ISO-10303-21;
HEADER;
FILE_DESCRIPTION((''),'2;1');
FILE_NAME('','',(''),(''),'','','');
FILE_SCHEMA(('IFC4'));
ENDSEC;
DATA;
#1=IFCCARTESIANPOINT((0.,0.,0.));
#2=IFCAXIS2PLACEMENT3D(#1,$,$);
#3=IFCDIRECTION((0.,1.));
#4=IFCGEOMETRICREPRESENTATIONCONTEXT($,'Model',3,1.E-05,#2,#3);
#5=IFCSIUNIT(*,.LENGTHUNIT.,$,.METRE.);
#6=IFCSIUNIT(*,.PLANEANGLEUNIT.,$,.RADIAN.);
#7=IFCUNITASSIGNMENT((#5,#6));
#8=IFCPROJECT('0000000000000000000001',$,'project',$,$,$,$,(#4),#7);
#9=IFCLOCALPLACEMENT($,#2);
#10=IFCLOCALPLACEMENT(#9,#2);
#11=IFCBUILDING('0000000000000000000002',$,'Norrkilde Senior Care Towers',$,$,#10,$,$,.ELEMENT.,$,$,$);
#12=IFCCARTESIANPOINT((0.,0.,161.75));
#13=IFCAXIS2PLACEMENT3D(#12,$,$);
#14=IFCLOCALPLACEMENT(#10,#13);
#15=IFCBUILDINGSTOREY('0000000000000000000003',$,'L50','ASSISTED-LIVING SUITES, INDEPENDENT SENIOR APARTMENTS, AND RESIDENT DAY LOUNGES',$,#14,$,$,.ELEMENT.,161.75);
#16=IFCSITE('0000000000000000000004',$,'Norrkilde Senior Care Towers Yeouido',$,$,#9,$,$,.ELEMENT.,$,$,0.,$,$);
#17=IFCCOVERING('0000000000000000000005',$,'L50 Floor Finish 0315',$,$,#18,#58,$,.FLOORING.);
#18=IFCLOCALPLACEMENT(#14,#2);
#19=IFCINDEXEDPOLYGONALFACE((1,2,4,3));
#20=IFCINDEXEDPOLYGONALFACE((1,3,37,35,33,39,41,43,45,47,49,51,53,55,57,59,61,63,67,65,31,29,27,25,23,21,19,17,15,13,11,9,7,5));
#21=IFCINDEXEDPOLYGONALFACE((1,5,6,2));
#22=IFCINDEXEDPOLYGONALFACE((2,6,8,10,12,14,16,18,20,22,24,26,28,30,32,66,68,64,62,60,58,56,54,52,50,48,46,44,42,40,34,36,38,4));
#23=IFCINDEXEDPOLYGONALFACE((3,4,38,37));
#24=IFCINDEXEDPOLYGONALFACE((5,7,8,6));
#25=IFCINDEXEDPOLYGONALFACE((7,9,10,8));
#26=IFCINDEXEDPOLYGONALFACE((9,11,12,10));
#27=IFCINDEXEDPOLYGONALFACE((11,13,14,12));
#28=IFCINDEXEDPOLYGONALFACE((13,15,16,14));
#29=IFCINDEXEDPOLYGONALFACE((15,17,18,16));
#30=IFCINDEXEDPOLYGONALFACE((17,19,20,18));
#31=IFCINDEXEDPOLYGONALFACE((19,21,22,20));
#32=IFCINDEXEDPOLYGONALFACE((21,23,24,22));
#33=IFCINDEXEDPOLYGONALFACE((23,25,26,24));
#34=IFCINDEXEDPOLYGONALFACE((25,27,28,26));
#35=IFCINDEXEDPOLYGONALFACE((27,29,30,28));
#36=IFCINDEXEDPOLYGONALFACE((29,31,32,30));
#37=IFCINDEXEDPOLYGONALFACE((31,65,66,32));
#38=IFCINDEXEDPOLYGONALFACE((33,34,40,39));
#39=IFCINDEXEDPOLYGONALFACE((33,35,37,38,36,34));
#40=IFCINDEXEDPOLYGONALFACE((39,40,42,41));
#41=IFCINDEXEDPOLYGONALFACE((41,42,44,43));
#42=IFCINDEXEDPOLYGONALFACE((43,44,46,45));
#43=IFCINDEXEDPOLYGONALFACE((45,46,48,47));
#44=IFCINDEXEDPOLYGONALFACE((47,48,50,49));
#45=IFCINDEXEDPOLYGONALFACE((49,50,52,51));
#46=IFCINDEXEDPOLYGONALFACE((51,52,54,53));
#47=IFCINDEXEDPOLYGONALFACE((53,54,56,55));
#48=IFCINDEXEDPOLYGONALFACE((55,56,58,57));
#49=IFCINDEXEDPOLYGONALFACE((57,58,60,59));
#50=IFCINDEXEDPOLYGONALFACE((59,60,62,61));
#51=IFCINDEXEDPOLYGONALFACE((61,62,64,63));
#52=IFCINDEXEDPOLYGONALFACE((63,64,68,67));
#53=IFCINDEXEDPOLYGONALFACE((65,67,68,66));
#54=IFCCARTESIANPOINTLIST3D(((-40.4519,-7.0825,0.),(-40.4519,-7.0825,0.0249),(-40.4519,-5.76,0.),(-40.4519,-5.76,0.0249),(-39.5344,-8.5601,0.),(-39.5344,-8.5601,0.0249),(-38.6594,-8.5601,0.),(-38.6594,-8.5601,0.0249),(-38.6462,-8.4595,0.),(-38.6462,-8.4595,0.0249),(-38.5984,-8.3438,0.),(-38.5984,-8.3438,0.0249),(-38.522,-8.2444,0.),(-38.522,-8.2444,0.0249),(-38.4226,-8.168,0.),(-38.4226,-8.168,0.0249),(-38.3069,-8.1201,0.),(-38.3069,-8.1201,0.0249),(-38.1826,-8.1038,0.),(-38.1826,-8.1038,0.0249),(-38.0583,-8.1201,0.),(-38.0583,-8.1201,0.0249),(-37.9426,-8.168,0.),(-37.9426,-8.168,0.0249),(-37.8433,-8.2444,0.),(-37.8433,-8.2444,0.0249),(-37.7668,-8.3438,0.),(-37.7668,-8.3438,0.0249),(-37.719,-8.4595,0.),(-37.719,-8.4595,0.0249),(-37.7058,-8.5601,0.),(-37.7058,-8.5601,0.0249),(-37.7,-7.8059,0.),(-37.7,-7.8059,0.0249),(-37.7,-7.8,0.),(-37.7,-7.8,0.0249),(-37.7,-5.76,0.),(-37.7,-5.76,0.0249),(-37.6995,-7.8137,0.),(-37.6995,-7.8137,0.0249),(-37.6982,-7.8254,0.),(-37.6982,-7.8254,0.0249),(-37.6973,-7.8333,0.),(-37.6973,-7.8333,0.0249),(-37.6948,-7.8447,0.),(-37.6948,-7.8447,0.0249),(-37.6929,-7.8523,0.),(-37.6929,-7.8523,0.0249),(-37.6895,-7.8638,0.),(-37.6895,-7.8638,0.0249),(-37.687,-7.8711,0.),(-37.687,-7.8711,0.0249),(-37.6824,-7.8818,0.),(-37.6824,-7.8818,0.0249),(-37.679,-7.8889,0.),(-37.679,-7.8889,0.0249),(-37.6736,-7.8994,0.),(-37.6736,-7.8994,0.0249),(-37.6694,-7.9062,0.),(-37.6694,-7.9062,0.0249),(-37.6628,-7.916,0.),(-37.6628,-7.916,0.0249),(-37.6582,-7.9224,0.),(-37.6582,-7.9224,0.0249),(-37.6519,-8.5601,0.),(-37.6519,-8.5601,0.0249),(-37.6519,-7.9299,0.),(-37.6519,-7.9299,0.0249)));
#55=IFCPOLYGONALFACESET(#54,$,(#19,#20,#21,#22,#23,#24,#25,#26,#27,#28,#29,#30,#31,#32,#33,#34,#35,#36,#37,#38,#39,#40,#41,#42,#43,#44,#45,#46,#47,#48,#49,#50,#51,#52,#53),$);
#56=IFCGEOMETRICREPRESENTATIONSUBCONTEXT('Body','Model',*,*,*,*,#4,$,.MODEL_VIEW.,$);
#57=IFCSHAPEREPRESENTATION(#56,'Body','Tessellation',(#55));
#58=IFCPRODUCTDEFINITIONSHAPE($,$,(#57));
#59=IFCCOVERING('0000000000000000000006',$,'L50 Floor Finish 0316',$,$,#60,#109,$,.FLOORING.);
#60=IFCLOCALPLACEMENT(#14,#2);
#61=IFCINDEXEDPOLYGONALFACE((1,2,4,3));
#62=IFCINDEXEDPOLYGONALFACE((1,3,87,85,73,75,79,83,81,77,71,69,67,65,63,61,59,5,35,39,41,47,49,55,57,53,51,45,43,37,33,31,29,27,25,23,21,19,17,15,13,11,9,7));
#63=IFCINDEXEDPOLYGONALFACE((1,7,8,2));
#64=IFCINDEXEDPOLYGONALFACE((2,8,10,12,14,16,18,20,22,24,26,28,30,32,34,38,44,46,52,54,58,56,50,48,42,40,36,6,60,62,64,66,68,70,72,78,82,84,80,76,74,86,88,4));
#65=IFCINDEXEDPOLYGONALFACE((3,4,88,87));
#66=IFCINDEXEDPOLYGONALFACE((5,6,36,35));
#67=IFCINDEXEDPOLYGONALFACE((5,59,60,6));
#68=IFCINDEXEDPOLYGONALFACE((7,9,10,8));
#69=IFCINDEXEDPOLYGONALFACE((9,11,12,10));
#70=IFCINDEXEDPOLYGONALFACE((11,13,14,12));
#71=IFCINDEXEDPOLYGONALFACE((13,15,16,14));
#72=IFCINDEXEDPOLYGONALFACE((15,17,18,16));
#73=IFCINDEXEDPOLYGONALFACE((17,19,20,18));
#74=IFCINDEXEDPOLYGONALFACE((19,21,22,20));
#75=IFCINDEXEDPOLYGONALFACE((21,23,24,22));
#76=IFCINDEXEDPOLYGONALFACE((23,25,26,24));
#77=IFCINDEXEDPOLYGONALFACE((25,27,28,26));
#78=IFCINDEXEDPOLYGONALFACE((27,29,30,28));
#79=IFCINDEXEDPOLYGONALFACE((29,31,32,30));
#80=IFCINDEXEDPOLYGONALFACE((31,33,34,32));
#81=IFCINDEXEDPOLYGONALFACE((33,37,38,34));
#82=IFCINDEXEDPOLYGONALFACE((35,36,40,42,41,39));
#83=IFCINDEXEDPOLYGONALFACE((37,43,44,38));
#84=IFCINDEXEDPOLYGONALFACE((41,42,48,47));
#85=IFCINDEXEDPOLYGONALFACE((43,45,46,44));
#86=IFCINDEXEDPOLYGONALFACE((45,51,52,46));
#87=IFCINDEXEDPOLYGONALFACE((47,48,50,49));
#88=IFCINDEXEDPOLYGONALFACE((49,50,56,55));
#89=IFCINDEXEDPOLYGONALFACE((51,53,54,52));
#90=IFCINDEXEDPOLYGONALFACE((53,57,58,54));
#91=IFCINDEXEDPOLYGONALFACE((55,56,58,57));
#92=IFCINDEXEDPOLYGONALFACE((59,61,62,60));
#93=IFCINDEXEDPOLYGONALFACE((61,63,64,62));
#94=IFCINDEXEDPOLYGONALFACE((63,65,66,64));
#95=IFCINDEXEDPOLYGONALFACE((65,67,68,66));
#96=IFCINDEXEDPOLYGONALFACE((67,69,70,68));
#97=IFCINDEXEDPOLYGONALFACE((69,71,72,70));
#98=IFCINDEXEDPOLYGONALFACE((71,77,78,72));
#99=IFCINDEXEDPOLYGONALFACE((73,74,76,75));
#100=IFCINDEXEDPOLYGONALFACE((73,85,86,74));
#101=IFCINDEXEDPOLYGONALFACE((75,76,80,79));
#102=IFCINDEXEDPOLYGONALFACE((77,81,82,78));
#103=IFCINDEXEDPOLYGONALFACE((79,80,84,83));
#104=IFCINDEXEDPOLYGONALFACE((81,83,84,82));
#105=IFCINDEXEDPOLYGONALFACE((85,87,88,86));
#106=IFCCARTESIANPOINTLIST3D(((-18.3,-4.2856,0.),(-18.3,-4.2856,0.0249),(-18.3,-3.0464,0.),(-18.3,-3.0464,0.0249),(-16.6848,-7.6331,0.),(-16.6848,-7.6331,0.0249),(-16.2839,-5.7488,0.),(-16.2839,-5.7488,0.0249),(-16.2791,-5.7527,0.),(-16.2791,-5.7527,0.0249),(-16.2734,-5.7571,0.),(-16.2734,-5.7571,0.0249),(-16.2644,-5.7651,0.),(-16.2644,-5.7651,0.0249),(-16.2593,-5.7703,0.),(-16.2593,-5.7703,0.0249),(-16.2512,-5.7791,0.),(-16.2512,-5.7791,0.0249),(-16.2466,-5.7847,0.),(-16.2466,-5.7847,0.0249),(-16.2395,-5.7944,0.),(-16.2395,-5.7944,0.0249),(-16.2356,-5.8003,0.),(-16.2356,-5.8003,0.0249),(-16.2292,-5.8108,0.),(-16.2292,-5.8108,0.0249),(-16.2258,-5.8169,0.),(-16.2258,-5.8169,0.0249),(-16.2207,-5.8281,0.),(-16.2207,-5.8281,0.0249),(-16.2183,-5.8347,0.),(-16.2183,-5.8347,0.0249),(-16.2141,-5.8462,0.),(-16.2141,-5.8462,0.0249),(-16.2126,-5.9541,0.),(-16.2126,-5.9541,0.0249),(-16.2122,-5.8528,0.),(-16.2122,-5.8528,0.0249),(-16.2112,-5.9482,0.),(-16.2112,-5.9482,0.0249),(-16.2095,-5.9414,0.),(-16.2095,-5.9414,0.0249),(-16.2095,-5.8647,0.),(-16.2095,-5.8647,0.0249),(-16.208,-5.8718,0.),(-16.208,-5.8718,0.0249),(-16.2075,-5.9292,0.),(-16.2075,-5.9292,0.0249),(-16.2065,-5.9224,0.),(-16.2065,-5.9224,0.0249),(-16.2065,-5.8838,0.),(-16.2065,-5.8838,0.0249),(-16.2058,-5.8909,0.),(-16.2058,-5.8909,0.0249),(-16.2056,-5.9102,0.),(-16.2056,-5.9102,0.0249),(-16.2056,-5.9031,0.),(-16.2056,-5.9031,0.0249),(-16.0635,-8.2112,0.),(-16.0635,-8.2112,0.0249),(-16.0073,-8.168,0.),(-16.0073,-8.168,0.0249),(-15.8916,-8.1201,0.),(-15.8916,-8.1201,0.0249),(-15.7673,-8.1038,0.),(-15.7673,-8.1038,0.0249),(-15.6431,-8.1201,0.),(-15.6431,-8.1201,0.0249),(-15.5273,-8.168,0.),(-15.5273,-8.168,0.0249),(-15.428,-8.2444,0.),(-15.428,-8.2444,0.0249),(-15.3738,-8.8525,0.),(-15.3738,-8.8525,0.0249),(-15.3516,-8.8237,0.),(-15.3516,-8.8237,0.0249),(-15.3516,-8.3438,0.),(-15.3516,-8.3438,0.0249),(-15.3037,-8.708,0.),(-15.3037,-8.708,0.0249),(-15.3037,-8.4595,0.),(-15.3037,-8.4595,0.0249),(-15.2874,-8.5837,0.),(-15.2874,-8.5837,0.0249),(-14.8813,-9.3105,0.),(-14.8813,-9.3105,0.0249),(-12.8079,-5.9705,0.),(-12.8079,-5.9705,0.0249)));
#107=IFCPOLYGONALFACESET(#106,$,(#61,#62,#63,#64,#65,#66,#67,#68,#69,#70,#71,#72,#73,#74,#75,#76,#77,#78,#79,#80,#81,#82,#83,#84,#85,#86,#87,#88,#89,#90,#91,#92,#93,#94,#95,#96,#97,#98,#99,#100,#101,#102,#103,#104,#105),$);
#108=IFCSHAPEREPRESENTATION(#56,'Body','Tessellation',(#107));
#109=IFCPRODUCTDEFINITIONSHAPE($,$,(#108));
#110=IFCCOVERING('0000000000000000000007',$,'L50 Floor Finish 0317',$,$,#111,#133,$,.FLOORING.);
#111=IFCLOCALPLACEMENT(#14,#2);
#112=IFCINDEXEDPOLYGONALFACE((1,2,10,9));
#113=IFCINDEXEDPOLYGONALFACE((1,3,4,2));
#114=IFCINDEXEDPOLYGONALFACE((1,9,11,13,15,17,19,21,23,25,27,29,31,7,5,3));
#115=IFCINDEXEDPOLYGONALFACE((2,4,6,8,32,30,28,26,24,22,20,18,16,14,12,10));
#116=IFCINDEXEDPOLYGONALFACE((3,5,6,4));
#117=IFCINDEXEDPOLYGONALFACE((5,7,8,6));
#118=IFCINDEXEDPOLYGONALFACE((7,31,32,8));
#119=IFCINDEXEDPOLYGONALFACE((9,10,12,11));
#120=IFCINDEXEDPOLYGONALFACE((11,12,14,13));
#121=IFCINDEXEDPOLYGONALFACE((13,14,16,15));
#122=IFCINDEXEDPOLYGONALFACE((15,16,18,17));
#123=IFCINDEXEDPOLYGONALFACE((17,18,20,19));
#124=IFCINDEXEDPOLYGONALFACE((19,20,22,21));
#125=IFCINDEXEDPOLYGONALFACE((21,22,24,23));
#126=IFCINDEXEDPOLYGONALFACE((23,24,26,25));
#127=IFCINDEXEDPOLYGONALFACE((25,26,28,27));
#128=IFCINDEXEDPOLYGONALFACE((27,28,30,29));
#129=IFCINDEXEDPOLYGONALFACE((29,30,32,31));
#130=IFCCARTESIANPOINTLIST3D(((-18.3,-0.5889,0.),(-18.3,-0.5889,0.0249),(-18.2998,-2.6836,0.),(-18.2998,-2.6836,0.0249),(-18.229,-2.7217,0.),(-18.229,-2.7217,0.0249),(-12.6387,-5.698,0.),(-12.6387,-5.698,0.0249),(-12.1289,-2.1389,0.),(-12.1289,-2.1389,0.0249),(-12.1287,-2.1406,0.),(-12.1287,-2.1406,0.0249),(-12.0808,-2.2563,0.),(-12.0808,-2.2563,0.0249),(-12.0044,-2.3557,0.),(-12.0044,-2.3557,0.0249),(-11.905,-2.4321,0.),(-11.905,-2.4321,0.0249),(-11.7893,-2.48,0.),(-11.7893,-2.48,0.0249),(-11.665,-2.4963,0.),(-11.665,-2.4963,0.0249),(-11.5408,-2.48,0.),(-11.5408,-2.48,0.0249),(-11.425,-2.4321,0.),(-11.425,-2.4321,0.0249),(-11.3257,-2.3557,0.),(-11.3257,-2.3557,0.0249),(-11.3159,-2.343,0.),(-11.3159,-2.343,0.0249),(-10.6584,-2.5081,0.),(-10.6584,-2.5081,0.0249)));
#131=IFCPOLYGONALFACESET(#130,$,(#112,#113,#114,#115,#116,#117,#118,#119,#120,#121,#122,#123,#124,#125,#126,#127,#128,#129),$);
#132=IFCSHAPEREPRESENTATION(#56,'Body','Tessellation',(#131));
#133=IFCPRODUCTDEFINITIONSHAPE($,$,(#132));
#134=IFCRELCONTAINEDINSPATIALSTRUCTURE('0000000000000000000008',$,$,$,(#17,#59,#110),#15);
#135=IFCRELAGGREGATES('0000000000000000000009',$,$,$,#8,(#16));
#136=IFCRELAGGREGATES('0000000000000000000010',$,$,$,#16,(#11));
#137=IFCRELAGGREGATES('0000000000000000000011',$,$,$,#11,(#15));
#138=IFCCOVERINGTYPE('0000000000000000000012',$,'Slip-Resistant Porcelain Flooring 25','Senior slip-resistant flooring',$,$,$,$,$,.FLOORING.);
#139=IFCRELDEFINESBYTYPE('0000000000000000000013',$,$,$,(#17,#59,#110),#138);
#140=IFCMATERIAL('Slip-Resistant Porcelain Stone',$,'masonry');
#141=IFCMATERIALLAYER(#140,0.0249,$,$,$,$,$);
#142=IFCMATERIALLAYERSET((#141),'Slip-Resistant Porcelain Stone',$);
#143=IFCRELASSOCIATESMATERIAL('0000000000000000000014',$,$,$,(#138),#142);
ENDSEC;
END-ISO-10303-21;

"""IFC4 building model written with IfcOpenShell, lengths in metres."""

from ifc_helpers import new_model, si_unit, direction, frame, origin, place, context, subcontext, project, spatial, polyline, outline, extrude, material, layer, layer_set, type_object, element, save


model = new_model("IFC4")

# Units and contexts
model_context = context("Model", 3, precision=1e-05, world=origin(), true_north=direction((0.0, 1.0)))
body_context = subcontext(model_context, "Body", "Model", "MODEL_VIEW")
ifc_project = project(units=[si_unit("LENGTHUNIT", "METRE"), si_unit("PLANEANGLEUNIT", "RADIAN")], contexts=[model_context])

# Site, building, storey
site_placement = place(None, origin())
site = spatial("IfcSite", under=ifc_project, at=site_placement, Name="Norrkilde Senior Care Towers Yeouido", CompositionType="ELEMENT", RefElevation=0.0)
building_placement = place(site_placement, origin())
building = spatial("IfcBuilding", under=site, at=building_placement, Name="Norrkilde Senior Care Towers", CompositionType="ELEMENT")
storey_placement = place(building_placement, frame((0.0, 0.0, 161.75)))
storey = spatial("IfcBuildingStorey", under=building, at=storey_placement, Name="L50", Description="ASSISTED-LIVING SUITES, INDEPENDENT SENIOR APARTMENTS, AND RESIDENT DAY LOUNGES", CompositionType="ELEMENT", Elevation=161.75)

# Coverings
ifc_material_1 = material(Name="Slip-Resistant Porcelain Stone", Category="masonry")
ifc_layer_1 = layer(ifc_material_1, 0.0249)
ifc_layer_set_1 = layer_set([ifc_layer_1], Name="Slip-Resistant Porcelain Stone")
covering_type_1 = type_object("IfcCoveringType", Name="Slip-Resistant Porcelain Flooring 25", Description="Senior slip-resistant flooring", PredefinedType="FLOORING", material=ifc_layer_set_1)
covering_1_placement = place(storey_placement, origin())
element("IfcCovering", 1, at=covering_1_placement, inside=storey, type_object=covering_type_1, Name="L50 Floor Finish 0315", PredefinedType="FLOORING", context=body_context, shape_type="SweptSolid", body=[
    extrude(outline(polyline([(-37.6519, -8.5601), (-37.7058, -8.5601), (-37.719, -8.4595), (-37.7668, -8.3438), (-37.8433, -8.2444), (-37.9426, -8.168), (-38.0583, -8.1201), (-38.1826, -8.1038), (-38.3069, -8.1201), (-38.4226, -8.168), (-38.522, -8.2444), (-38.5984, -8.3438), (-38.6462, -8.4595), (-38.6594, -8.5601), (-39.5344, -8.5601), (-40.4519, -7.0825), (-40.4519, -5.76), (-37.7, -5.76), (-37.7, -7.8), (-37.7, -7.8059), (-37.6995, -7.8137), (-37.6982, -7.8254), (-37.6973, -7.8333), (-37.6948, -7.8447), (-37.6929, -7.8523), (-37.6895, -7.8638), (-37.687, -7.8711), (-37.6824, -7.8818), (-37.679, -7.8889), (-37.6736, -7.8994), (-37.6694, -7.9062), (-37.6628, -7.916), (-37.6582, -7.9224), (-37.6519, -7.9299), (-37.6519, -8.5601)])), origin(), (0.0, 0.0, 1.0), 0.0249),
])
covering_2_placement = place(storey_placement, origin())
element("IfcCovering", 2, at=covering_2_placement, inside=storey, type_object=covering_type_1, Name="L50 Floor Finish 0316", PredefinedType="FLOORING", context=body_context, shape_type="SweptSolid", body=[
    extrude(outline(polyline([(-16.2112, -5.9482), (-16.2095, -5.9414), (-16.2075, -5.9292), (-16.2065, -5.9224), (-16.2056, -5.9102), (-16.2056, -5.9031), (-16.2058, -5.8909), (-16.2065, -5.8838), (-16.208, -5.8718), (-16.2095, -5.8647), (-16.2122, -5.8528), (-16.2141, -5.8462), (-16.2183, -5.8347), (-16.2207, -5.8281), (-16.2258, -5.8169), (-16.2292, -5.8108), (-16.2356, -5.8003), (-16.2395, -5.7944), (-16.2466, -5.7847), (-16.2512, -5.7791), (-16.2593, -5.7703), (-16.2644, -5.7651), (-16.2734, -5.7571), (-16.2791, -5.7527), (-16.2839, -5.7488), (-18.3, -4.2856), (-18.3, -3.0464), (-12.8079, -5.9705), (-14.8813, -9.3105), (-15.3738, -8.8525), (-15.3516, -8.8237), (-15.3037, -8.708), (-15.2874, -8.5837), (-15.3037, -8.4595), (-15.3516, -8.3438), (-15.428, -8.2444), (-15.5273, -8.168), (-15.6431, -8.1201), (-15.7673, -8.1038), (-15.8916, -8.1201), (-16.0073, -8.168), (-16.0635, -8.2112), (-16.6848, -7.6331), (-16.2126, -5.9541), (-16.2112, -5.9482)])), origin(), (0.0, 0.0, 1.0), 0.0249),
])
covering_3_placement = place(storey_placement, origin())
element("IfcCovering", 3, at=covering_3_placement, inside=storey, type_object=covering_type_1, Name="L50 Floor Finish 0317", PredefinedType="FLOORING", context=body_context, shape_type="SweptSolid", body=[
    extrude(outline(polyline([(-12.1289, -2.1389), (-12.1287, -2.1406), (-12.0808, -2.2563), (-12.0044, -2.3557), (-11.905, -2.4321), (-11.7893, -2.48), (-11.665, -2.4963), (-11.5408, -2.48), (-11.425, -2.4321), (-11.3257, -2.3557), (-11.3159, -2.343), (-10.6584, -2.5081), (-12.6387, -5.698), (-18.229, -2.7217), (-18.2998, -2.6836), (-18.3, -0.5889), (-12.1289, -2.1389)])), origin(), (0.0, 0.0, 1.0), 0.0249),
])

save(model, "model.ifc")
